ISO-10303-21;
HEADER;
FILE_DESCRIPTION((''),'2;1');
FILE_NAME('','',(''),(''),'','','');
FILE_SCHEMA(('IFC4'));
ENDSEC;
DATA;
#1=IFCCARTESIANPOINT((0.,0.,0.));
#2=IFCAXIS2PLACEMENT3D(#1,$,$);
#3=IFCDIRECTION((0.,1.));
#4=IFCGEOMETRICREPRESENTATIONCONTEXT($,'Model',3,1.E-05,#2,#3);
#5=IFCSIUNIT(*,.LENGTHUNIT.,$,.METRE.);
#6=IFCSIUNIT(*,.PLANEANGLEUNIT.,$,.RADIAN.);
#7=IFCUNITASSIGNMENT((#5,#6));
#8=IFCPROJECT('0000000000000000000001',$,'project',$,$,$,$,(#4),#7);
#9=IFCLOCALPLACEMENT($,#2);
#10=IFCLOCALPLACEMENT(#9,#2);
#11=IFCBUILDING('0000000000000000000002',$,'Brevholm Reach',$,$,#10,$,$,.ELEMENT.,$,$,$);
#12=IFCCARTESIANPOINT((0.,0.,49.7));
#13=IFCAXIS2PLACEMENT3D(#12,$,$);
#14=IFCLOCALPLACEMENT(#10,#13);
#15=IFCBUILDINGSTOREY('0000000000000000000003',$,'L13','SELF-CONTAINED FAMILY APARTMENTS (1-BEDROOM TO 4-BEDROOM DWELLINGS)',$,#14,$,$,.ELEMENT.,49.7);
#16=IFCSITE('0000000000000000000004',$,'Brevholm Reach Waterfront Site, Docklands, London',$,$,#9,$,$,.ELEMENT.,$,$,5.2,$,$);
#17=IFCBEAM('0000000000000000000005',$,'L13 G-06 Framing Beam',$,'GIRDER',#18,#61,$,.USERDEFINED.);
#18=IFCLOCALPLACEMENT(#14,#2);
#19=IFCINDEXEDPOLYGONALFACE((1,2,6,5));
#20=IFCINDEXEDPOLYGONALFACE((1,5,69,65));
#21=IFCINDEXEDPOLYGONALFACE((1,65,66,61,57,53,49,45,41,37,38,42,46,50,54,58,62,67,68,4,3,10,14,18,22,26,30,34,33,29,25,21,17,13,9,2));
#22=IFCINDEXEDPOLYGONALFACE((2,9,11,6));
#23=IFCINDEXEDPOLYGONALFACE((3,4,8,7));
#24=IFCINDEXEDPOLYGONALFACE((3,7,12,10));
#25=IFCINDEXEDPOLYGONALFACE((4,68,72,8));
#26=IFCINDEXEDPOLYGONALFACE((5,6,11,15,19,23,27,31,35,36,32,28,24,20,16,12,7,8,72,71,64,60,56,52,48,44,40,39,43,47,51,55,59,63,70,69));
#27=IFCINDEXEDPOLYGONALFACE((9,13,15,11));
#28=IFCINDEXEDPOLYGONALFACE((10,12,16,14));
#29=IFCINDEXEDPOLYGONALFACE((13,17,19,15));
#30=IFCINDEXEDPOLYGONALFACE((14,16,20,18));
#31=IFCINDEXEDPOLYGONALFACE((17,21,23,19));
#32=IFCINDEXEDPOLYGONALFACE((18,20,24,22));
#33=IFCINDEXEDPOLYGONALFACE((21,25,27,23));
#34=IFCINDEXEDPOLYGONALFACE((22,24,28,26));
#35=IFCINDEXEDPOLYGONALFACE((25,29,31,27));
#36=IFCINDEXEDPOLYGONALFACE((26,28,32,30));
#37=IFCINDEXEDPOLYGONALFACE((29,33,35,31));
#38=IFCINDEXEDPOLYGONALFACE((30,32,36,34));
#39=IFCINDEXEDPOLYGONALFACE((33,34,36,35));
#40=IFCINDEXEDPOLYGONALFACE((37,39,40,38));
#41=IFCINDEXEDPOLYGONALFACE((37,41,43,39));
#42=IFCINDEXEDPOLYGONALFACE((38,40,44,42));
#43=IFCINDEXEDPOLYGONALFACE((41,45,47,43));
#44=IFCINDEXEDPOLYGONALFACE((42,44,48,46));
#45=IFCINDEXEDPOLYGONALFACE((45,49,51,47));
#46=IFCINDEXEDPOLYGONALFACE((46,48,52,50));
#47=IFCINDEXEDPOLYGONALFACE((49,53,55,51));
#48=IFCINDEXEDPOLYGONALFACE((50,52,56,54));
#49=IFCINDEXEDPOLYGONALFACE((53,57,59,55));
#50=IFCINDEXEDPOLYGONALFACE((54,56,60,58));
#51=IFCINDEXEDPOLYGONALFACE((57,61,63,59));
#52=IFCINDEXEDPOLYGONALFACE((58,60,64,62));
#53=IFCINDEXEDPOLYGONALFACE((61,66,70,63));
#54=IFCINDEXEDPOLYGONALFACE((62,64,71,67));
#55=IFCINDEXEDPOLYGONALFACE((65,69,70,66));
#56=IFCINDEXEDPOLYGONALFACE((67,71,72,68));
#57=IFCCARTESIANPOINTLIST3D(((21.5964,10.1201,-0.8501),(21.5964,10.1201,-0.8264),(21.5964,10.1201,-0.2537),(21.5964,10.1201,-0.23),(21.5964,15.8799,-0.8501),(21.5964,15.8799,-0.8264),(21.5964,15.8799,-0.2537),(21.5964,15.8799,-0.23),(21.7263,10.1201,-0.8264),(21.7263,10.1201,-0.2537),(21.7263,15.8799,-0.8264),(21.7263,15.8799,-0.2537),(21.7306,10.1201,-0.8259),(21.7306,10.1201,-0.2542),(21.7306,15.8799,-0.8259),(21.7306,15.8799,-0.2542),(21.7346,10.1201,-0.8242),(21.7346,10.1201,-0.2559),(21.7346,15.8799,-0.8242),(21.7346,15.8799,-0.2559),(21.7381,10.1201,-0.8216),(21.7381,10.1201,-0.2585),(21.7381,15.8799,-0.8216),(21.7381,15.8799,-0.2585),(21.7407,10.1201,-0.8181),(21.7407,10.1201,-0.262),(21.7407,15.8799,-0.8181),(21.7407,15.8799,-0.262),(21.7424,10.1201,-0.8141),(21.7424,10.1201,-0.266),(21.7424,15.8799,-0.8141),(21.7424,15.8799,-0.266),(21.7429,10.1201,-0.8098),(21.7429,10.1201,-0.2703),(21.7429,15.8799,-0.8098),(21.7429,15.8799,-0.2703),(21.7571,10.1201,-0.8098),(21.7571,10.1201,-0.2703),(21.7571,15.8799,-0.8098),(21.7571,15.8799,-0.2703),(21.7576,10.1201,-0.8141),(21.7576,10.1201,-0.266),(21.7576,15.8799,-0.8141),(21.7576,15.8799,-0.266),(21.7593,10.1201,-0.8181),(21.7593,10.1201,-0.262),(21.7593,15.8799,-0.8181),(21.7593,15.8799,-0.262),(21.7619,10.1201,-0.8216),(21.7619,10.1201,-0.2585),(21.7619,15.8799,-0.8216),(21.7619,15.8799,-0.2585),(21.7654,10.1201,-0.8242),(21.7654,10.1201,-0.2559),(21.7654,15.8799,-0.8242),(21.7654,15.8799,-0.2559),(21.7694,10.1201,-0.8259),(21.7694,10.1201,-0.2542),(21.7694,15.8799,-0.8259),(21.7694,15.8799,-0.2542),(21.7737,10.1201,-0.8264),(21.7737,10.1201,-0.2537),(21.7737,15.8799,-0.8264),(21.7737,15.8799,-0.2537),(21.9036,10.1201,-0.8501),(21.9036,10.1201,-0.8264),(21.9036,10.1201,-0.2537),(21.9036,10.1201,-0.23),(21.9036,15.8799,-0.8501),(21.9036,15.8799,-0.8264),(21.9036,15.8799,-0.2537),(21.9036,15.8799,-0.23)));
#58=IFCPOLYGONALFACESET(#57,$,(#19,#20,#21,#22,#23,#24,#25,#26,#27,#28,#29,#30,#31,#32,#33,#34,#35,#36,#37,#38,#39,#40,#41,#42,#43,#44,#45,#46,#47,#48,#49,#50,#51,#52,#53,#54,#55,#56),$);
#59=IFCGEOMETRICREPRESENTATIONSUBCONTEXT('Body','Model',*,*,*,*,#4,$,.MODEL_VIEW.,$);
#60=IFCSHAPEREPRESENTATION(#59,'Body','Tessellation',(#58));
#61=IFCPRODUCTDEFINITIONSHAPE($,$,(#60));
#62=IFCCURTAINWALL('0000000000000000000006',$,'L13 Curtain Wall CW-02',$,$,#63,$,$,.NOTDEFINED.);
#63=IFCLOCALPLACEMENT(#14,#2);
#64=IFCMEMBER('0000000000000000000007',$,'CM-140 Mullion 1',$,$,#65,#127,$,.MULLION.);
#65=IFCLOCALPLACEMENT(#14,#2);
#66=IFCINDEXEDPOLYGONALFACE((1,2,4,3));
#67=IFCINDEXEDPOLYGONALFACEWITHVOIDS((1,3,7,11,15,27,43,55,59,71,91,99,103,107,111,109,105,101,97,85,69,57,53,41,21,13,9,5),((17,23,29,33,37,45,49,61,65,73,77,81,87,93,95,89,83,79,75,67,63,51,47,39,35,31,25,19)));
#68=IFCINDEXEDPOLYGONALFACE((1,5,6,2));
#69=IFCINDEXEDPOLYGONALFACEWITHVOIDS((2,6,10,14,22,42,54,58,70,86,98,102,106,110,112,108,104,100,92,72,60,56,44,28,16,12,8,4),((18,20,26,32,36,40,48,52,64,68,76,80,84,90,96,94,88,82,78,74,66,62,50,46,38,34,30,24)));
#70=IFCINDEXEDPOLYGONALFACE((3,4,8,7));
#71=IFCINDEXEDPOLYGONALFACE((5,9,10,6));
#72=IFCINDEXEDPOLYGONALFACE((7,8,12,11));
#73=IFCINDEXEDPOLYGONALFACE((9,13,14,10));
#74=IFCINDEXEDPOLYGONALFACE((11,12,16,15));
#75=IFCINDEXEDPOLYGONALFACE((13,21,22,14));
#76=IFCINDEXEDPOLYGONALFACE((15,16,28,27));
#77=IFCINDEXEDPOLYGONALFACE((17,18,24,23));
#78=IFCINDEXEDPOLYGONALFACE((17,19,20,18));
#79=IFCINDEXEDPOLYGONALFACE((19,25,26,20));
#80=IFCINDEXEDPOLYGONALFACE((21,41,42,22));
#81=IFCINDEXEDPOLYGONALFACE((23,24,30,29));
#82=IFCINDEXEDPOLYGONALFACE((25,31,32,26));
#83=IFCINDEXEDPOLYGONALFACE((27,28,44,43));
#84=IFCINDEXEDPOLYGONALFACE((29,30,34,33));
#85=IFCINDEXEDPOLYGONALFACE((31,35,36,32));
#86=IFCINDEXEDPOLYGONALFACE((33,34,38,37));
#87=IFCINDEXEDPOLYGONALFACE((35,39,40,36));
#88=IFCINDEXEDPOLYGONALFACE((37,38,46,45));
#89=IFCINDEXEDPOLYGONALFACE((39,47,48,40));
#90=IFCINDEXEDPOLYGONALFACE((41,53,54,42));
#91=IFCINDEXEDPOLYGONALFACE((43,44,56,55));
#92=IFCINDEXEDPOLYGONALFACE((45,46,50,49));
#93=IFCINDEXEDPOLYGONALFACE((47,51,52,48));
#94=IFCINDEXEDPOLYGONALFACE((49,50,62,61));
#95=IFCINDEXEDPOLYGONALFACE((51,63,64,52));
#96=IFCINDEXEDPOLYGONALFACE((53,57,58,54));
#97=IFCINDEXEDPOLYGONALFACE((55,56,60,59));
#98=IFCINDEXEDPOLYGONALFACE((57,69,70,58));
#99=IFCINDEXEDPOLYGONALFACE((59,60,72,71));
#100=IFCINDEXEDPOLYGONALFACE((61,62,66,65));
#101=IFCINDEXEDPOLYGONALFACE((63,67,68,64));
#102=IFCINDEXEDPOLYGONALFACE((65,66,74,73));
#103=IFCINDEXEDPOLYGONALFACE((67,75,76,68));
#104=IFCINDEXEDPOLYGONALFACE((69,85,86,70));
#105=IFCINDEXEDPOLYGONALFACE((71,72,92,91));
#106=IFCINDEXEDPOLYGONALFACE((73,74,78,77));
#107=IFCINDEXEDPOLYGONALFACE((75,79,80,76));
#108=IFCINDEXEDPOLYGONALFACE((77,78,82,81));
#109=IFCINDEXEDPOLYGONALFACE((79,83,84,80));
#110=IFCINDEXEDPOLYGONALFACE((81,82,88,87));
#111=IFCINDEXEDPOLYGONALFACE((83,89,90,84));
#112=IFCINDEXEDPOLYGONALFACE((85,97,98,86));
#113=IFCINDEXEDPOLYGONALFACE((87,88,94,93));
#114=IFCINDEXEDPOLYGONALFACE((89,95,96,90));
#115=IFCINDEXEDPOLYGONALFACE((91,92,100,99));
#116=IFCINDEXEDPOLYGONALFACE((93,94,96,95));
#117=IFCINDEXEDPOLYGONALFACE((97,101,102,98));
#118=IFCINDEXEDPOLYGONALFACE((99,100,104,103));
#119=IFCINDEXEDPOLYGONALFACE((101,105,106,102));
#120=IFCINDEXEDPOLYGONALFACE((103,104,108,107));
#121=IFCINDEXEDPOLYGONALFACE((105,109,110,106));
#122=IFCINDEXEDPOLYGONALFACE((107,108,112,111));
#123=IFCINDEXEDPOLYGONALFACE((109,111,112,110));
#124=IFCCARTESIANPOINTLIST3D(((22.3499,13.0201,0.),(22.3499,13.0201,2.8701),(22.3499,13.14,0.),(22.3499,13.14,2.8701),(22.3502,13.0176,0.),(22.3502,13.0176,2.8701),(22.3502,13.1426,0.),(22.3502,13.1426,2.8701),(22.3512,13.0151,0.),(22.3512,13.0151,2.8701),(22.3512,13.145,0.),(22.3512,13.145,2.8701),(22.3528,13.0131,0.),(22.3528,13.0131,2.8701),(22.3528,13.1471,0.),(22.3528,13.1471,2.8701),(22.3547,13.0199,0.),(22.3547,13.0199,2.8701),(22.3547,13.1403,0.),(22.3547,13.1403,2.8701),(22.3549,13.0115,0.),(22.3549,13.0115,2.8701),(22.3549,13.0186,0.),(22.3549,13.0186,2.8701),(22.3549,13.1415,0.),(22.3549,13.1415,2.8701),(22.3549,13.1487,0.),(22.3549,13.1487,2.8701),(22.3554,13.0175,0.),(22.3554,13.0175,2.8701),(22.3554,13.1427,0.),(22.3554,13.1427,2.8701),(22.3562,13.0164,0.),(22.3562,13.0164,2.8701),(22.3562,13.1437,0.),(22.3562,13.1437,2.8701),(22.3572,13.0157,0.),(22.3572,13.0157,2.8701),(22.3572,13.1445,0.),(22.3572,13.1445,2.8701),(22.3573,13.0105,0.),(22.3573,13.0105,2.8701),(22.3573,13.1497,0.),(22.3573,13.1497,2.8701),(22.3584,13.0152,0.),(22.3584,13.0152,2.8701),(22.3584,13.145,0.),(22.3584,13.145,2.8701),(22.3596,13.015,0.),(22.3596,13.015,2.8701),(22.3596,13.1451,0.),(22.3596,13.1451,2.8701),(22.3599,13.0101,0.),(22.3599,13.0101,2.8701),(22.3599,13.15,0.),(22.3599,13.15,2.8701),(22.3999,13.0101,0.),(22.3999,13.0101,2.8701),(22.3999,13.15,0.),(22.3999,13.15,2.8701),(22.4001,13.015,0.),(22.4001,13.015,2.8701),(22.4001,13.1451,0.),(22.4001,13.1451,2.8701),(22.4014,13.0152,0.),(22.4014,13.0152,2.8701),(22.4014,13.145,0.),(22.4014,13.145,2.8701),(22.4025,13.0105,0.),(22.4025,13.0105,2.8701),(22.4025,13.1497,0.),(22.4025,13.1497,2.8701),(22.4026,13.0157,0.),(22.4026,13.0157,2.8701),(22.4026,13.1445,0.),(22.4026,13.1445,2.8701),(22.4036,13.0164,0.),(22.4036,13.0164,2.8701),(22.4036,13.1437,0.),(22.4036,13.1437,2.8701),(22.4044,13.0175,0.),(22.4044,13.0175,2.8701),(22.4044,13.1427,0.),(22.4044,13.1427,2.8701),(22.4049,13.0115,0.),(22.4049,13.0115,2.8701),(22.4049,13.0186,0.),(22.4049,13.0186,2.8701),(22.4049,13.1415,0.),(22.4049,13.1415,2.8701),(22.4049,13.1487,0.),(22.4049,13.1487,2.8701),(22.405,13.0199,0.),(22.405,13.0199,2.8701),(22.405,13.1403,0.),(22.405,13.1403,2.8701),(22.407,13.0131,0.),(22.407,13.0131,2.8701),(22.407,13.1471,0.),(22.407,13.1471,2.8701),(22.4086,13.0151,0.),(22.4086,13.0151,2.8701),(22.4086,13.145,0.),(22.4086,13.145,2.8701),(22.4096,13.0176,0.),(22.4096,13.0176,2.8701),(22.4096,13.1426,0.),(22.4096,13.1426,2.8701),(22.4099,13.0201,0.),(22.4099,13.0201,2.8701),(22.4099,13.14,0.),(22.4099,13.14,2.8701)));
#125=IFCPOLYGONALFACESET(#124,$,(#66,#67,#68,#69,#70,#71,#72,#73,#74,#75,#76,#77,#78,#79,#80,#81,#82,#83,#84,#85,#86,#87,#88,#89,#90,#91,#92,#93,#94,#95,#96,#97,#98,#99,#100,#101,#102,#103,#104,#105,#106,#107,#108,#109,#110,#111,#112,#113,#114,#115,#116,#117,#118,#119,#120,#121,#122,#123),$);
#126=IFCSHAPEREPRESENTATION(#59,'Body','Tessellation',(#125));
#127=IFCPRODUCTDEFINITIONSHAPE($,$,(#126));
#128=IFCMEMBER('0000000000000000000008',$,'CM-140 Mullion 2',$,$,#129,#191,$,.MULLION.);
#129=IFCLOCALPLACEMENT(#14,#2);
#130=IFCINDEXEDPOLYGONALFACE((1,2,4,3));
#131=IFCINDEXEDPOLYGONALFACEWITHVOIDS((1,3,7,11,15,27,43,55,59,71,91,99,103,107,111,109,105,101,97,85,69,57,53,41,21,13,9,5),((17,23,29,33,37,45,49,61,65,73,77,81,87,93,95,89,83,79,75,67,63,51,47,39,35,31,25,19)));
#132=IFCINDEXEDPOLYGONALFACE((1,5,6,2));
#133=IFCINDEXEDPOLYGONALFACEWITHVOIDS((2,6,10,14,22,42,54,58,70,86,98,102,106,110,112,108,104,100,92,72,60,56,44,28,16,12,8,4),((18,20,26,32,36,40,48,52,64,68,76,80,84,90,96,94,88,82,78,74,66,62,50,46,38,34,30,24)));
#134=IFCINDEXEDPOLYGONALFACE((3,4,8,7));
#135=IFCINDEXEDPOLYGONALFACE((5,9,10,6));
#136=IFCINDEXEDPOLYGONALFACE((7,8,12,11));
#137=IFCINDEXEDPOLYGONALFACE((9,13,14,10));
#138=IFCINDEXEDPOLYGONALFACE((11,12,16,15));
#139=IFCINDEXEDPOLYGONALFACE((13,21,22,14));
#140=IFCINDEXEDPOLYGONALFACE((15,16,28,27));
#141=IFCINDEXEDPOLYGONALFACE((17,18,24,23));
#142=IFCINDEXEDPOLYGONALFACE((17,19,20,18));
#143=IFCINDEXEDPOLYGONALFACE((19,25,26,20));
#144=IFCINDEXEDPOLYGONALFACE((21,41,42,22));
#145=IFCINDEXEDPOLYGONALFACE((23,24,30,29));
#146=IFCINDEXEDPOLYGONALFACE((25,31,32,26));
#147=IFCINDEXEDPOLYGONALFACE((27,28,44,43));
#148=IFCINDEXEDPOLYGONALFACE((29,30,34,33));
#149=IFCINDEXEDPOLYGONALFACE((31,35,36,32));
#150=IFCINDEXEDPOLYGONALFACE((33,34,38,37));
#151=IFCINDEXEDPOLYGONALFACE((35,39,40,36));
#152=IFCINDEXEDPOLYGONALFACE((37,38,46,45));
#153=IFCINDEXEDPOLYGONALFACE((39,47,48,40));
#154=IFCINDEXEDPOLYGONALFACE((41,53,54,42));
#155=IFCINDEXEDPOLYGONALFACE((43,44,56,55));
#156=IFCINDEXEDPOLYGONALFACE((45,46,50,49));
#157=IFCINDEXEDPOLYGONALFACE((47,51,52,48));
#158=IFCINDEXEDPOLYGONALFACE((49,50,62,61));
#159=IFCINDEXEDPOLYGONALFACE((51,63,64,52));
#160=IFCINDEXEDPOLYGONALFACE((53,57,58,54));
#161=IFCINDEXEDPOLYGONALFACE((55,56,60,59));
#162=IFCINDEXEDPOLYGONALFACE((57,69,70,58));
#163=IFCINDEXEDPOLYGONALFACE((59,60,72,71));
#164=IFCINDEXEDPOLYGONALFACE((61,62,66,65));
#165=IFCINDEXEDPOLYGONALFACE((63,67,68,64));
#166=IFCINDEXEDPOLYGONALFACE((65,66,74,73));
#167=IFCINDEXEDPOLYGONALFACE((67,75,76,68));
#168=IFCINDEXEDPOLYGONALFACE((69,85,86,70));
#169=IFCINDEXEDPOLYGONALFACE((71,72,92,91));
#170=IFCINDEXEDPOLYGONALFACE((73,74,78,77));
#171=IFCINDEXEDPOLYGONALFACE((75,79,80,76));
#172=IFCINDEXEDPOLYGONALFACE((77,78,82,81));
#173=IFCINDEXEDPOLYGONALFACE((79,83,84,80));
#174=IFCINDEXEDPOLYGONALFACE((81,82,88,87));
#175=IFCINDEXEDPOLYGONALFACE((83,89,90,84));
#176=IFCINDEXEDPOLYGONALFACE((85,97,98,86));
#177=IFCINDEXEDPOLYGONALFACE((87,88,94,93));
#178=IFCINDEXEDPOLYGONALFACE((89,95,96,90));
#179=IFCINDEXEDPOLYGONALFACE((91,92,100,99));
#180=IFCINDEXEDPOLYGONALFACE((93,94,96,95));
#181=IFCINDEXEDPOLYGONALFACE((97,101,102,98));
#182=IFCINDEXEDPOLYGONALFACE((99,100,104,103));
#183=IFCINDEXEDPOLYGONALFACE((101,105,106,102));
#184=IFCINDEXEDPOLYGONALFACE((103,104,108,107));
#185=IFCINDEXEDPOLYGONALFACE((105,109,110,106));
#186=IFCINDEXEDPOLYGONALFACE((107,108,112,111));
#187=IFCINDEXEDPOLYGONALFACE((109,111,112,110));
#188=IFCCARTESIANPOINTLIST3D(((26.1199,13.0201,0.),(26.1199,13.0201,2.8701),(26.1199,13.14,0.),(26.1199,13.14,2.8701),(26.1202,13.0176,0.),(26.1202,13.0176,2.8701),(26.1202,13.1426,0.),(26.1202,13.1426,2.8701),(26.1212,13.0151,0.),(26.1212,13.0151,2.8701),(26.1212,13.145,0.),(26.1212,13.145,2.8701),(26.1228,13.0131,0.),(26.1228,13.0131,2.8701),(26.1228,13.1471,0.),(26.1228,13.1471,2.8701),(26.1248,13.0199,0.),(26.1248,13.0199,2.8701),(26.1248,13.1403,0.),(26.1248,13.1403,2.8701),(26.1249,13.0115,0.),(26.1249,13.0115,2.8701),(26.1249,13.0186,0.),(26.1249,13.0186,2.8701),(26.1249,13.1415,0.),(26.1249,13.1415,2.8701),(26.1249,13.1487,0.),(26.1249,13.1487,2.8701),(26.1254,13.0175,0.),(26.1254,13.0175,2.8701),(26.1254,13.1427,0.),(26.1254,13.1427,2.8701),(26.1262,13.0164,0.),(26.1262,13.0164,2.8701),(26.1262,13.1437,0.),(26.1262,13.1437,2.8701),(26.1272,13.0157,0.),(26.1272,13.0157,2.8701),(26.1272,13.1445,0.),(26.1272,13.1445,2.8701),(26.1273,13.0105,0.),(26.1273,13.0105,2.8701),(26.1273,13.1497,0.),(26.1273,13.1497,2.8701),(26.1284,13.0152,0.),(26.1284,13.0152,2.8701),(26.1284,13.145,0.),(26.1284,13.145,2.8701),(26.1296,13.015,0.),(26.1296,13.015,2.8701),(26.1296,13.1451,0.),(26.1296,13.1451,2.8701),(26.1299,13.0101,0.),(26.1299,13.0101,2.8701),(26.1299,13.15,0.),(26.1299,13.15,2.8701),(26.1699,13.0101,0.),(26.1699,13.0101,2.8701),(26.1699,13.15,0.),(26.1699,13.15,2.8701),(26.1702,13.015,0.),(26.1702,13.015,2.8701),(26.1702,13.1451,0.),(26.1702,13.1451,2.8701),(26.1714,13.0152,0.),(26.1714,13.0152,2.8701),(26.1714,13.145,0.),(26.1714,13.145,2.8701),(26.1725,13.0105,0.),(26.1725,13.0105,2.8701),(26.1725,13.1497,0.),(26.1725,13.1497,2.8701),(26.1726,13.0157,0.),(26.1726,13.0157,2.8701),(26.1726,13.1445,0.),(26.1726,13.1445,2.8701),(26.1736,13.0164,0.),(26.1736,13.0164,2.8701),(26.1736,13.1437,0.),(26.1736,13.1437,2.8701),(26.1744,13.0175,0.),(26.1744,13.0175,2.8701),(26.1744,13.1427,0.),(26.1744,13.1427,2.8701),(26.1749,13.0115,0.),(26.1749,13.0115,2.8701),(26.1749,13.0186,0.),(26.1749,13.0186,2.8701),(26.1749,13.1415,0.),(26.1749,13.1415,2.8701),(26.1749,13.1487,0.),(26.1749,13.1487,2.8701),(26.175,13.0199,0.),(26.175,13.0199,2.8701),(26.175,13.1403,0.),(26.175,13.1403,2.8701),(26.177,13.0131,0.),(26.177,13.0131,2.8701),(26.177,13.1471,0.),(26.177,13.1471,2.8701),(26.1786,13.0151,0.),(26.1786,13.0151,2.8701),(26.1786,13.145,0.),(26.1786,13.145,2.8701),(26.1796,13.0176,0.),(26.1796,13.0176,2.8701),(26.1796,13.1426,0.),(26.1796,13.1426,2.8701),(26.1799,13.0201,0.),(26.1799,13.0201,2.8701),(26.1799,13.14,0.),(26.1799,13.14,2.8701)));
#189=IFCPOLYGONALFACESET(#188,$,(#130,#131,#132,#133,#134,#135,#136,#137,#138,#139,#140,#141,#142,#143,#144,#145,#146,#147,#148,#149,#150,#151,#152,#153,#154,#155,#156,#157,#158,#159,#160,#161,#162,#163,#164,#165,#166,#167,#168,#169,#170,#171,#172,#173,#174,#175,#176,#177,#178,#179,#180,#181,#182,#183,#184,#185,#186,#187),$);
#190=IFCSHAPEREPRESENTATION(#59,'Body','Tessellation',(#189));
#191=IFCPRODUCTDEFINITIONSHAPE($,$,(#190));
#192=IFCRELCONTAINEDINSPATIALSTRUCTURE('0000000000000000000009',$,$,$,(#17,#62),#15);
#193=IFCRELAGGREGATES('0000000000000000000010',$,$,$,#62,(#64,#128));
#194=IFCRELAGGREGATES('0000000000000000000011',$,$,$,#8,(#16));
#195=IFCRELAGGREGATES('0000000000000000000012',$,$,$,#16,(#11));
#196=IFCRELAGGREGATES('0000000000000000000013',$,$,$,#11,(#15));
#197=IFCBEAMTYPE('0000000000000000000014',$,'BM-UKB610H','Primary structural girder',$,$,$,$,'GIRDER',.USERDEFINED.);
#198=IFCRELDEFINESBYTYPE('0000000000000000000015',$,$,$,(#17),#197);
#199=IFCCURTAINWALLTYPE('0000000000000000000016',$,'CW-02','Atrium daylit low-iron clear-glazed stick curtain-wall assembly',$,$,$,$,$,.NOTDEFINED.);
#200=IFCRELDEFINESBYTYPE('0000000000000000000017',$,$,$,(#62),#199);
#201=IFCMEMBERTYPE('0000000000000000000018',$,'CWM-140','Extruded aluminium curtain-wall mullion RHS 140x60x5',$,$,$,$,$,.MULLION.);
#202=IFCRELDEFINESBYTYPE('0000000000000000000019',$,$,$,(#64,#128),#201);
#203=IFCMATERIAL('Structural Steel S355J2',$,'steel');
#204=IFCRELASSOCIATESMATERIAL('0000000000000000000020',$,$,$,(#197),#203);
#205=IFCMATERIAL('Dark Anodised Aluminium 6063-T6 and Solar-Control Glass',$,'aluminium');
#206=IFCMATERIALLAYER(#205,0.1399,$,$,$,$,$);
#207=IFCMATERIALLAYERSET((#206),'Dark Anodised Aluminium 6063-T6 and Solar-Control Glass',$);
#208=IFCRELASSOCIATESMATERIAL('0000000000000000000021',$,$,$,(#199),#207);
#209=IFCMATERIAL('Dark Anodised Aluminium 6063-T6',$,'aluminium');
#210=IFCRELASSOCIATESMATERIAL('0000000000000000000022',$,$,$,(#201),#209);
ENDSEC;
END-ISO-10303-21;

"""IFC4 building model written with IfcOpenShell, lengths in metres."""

from ifc_helpers import new_model, si_unit, direction, frame, origin, origin_2d, place, context, subcontext, project, spatial, hollow_rectangle, i_section, extrude, material, layer, layer_set, material_profile, profile_set, type_object, element, aggregate, save


model = new_model("IFC4")

# Units and contexts
model_context = context("Model", 3, precision=1e-05, world=origin(), true_north=direction((0.0, 1.0)))
body_context = subcontext(model_context, "Body", "Model", "MODEL_VIEW")
ifc_project = project(units=[si_unit("LENGTHUNIT", "METRE"), si_unit("PLANEANGLEUNIT", "RADIAN")], contexts=[model_context])

# Site, building, storey
site_placement = place(None, origin())
site = spatial("IfcSite", under=ifc_project, at=site_placement, Name="Brevholm Reach Waterfront Site, Docklands, London", CompositionType="ELEMENT", RefElevation=5.2)
building_placement = place(site_placement, origin())
building = spatial("IfcBuilding", under=site, at=building_placement, Name="Brevholm Reach", CompositionType="ELEMENT")
storey_placement = place(building_placement, frame((0.0, 0.0, 49.7)))
storey = spatial("IfcBuildingStorey", under=building, at=storey_placement, Name="L13", Description="SELF-CONTAINED FAMILY APARTMENTS (1-BEDROOM TO 4-BEDROOM DWELLINGS)", CompositionType="ELEMENT", Elevation=49.7)

# Beam
ifc_material_1 = material(Name="Structural Steel S355J2", Category="steel")
ifc_material_profile_1 = material_profile(ifc_material_1, i_section(OverallWidth=0.3071, OverallDepth=0.6201, WebThickness=0.0142, FlangeThickness=0.0237, FilletRadius=0.0166, at=origin_2d()), Name="UKB 610x305x179")
ifc_profile_set_1 = profile_set([ifc_material_profile_1], Name="Structural Steel S355J2")
beam_type_1 = type_object("IfcBeamType", Name="BM-UKB610H", Description="Primary structural girder", ElementType="GIRDER", PredefinedType="USERDEFINED", material=ifc_profile_set_1)
beam_1_placement = place(storey_placement, frame((21.75, 10.1201, -0.54), z_axis=(0.0, 1.0, 0.0), x_axis=(-1.0, 0.0, 0.0)))
element("IfcBeam", 1, at=beam_1_placement, inside=storey, type_object=beam_type_1, Name="L13 G-06 Framing Beam", ObjectType="GIRDER", PredefinedType="USERDEFINED", context=body_context, shape_type="SweptSolid", body=[
    extrude(i_section(OverallWidth=0.3071, OverallDepth=0.6201, WebThickness=0.0142, FlangeThickness=0.0237, FilletRadius=0.0166, at=origin_2d()), origin(), (0.0, 0.0, 1.0), 5.7598),
])

# Curtain wall, members
ifc_material_2 = material(Name="Dark Anodised Aluminium 6063-T6 and Solar-Control Glass", Category="aluminium")
ifc_layer_1 = layer(ifc_material_2, 0.1399)
ifc_layer_set_1 = layer_set([ifc_layer_1], Name="Dark Anodised Aluminium 6063-T6 and Solar-Control Glass")
curtain_wall_type = type_object("IfcCurtainWallType", Name="CW-02", Description="Atrium daylit low-iron clear-glazed stick curtain-wall assembly", PredefinedType="NOTDEFINED", material=ifc_layer_set_1)
curtain_wall_placement = place(storey_placement, origin())
curtain_wall = element("IfcCurtainWall", 2, at=curtain_wall_placement, inside=storey, type_object=curtain_wall_type, Name="L13 Curtain Wall CW-02", PredefinedType="NOTDEFINED")
ifc_material_3 = material(Name="Dark Anodised Aluminium 6063-T6", Category="aluminium")
ifc_material_profile_2 = material_profile(ifc_material_3, hollow_rectangle(XDim=0.0601, YDim=0.1399, WallThickness=0.0049, InnerFilletRadius=0.0049, OuterFilletRadius=0.01, at=origin_2d()), Name="RHS 140x60x5")
ifc_profile_set_2 = profile_set([ifc_material_profile_2], Name="Dark Anodised Aluminium 6063-T6")
member_type_1 = type_object("IfcMemberType", Name="CWM-140", Description="Extruded aluminium curtain-wall mullion RHS 140x60x5", PredefinedType="MULLION", material=ifc_profile_set_2)
member_1_placement = place(storey_placement, frame((22.3799, 13.0801, 0.0), z_axis=(0.0, 0.0, 1.0), x_axis=(1.0, 0.0, 0.0)))
member_1 = element("IfcMember", 3, at=member_1_placement, type_object=member_type_1, Name="CM-140 Mullion 1", PredefinedType="MULLION", context=body_context, shape_type="SweptSolid", body=[
    extrude(hollow_rectangle(XDim=0.0601, YDim=0.1399, WallThickness=0.0049, InnerFilletRadius=0.0049, OuterFilletRadius=0.01, at=origin_2d()), origin(), (0.0, 0.0, 1.0), 2.8701),
])
member_2_placement = place(storey_placement, frame((26.1499, 13.0801, 0.0), z_axis=(0.0, 0.0, 1.0), x_axis=(1.0, 0.0, 0.0)))
member_2 = element("IfcMember", 4, at=member_2_placement, type_object=member_type_1, Name="CM-140 Mullion 2", PredefinedType="MULLION", context=body_context, shape_type="SweptSolid", body=[
    extrude(hollow_rectangle(XDim=0.0601, YDim=0.1399, WallThickness=0.0049, InnerFilletRadius=0.0049, OuterFilletRadius=0.01, at=origin_2d()), origin(), (0.0, 0.0, 1.0), 2.8701),
])
aggregate(curtain_wall, [member_1, member_2])

save(model, "model.ifc")
